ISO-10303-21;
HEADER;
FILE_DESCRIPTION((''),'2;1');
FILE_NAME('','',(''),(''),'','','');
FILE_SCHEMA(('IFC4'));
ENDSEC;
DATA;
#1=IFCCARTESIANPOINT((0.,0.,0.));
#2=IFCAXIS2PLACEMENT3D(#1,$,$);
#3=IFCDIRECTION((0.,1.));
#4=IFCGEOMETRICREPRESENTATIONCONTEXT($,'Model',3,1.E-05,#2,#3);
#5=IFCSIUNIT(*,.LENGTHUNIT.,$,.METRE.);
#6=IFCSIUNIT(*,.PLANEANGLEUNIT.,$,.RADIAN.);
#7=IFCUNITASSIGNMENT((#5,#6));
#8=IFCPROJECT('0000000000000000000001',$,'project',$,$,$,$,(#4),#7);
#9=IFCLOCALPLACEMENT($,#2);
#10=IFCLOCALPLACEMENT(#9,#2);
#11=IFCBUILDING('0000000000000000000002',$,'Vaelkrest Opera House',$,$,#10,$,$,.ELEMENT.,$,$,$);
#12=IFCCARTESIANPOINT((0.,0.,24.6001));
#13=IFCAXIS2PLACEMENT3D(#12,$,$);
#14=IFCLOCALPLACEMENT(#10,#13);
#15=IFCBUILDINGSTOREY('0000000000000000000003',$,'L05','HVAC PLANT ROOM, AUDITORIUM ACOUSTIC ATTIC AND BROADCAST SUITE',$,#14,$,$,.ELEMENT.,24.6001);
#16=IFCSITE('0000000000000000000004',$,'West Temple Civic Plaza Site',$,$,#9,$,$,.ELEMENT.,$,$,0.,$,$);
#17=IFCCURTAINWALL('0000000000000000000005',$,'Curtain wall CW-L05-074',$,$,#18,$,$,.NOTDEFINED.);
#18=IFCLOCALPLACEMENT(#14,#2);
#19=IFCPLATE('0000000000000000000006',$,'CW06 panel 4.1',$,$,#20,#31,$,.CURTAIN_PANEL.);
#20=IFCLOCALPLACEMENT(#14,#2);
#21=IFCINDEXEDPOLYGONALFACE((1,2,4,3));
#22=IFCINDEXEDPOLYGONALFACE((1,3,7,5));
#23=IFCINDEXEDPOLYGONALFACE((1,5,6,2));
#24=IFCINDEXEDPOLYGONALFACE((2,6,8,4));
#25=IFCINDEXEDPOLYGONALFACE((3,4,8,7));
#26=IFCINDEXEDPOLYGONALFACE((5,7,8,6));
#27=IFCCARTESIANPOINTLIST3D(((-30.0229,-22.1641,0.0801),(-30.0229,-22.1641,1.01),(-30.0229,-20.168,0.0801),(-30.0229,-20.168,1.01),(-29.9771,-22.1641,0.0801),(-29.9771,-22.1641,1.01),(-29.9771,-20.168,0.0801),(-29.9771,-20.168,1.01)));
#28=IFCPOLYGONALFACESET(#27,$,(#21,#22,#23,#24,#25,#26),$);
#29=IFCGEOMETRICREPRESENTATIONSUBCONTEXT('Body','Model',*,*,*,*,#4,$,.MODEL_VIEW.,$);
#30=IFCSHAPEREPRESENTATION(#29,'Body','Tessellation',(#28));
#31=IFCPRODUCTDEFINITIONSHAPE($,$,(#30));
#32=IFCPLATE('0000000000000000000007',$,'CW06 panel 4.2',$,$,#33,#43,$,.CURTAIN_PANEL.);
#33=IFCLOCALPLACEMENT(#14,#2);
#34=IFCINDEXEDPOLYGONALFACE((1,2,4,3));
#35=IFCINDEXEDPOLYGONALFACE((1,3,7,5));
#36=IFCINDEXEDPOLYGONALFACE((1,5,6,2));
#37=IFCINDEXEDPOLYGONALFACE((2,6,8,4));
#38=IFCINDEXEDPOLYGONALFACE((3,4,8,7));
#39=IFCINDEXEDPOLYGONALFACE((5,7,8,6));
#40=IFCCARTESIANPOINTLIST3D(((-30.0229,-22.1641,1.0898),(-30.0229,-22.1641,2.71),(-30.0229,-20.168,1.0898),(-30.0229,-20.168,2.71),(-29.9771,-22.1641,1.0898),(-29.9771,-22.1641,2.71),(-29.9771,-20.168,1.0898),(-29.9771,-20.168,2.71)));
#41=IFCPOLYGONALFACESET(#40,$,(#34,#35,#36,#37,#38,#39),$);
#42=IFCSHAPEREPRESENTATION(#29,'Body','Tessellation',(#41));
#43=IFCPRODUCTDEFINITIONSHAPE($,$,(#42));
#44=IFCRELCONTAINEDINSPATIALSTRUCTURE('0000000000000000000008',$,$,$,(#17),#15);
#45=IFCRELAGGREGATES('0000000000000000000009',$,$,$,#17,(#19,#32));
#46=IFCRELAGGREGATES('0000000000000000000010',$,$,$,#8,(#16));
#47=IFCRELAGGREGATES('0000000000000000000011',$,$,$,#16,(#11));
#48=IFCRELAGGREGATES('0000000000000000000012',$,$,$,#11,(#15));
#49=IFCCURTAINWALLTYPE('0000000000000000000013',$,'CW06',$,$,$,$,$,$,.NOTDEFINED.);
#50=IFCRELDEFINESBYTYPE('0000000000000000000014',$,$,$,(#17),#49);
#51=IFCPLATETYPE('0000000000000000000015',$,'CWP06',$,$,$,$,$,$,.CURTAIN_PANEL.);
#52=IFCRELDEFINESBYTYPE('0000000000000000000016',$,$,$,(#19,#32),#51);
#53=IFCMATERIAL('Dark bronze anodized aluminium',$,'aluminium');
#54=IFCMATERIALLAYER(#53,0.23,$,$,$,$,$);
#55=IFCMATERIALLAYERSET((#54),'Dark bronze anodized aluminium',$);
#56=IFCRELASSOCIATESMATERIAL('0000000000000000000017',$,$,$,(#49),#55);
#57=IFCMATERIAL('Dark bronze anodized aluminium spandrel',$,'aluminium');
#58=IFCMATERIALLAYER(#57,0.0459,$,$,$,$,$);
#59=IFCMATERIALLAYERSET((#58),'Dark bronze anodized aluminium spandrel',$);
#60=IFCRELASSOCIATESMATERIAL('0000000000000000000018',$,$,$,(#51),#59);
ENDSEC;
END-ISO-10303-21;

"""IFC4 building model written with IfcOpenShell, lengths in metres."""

from ifc_helpers import new_model, si_unit, direction, frame, origin, origin_2d, place, context, subcontext, project, spatial, rectangle, extrude, material, layer, layer_set, type_object, element, aggregate, save


model = new_model("IFC4")

# Units and contexts
model_context = context("Model", 3, precision=1e-05, world=origin(), true_north=direction((0.0, 1.0)))
body_context = subcontext(model_context, "Body", "Model", "MODEL_VIEW")
ifc_project = project(units=[si_unit("LENGTHUNIT", "METRE"), si_unit("PLANEANGLEUNIT", "RADIAN")], contexts=[model_context])

# Site, building, storey
site_placement = place(None, origin())
site = spatial("IfcSite", under=ifc_project, at=site_placement, Name="West Temple Civic Plaza Site", CompositionType="ELEMENT", RefElevation=0.0)
building_placement = place(site_placement, origin())
building = spatial("IfcBuilding", under=site, at=building_placement, Name="Vaelkrest Opera House", CompositionType="ELEMENT")
storey_placement = place(building_placement, frame((0.0, 0.0, 24.6001)))
storey = spatial("IfcBuildingStorey", under=building, at=storey_placement, Name="L05", Description="HVAC PLANT ROOM, AUDITORIUM ACOUSTIC ATTIC AND BROADCAST SUITE", CompositionType="ELEMENT", Elevation=24.6001)

# Curtain wall, plates
ifc_material_1 = material(Name="Dark bronze anodized aluminium", Category="aluminium")
ifc_layer_1 = layer(ifc_material_1, 0.23)
ifc_layer_set_1 = layer_set([ifc_layer_1], Name="Dark bronze anodized aluminium")
curtain_wall_type = type_object("IfcCurtainWallType", Name="CW06", PredefinedType="NOTDEFINED", material=ifc_layer_set_1)
curtain_wall_placement = place(storey_placement, origin())
curtain_wall = element("IfcCurtainWall", 1, at=curtain_wall_placement, inside=storey, type_object=curtain_wall_type, Name="Curtain wall CW-L05-074", PredefinedType="NOTDEFINED")
ifc_material_2 = material(Name="Dark bronze anodized aluminium spandrel", Category="aluminium")
ifc_layer_2 = layer(ifc_material_2, 0.0459)
ifc_layer_set_2 = layer_set([ifc_layer_2], Name="Dark bronze anodized aluminium spandrel")
plate_type = type_object("IfcPlateType", Name="CWP06", PredefinedType="CURTAIN_PANEL", material=ifc_layer_set_2)
plate_1_placement = place(storey_placement, frame((-30.0, -21.166, 0.0801), z_axis=(0.0, 0.0, 1.0), x_axis=(0.0, 1.0, 0.0)))
plate_1 = element("IfcPlate", 2, at=plate_1_placement, type_object=plate_type, Name="CW06 panel 4.1", PredefinedType="CURTAIN_PANEL", context=body_context, shape_type="SweptSolid", body=[
    extrude(rectangle(XDim=1.9961, YDim=0.0459, at=origin_2d()), origin(), (0.0, 0.0, 1.0), 0.9299),
])
plate_2_placement = place(storey_placement, frame((-30.0, -21.166, 1.0898), z_axis=(0.0, 0.0, 1.0), x_axis=(0.0, 1.0, 0.0)))
plate_2 = element("IfcPlate", 3, at=plate_2_placement, type_object=plate_type, Name="CW06 panel 4.2", PredefinedType="CURTAIN_PANEL", context=body_context, shape_type="SweptSolid", body=[
    extrude(rectangle(XDim=1.9961, YDim=0.0459, at=origin_2d()), origin(), (0.0, 0.0, 1.0), 1.6201),
])
aggregate(curtain_wall, [plate_1, plate_2])

save(model, "model.ifc")
